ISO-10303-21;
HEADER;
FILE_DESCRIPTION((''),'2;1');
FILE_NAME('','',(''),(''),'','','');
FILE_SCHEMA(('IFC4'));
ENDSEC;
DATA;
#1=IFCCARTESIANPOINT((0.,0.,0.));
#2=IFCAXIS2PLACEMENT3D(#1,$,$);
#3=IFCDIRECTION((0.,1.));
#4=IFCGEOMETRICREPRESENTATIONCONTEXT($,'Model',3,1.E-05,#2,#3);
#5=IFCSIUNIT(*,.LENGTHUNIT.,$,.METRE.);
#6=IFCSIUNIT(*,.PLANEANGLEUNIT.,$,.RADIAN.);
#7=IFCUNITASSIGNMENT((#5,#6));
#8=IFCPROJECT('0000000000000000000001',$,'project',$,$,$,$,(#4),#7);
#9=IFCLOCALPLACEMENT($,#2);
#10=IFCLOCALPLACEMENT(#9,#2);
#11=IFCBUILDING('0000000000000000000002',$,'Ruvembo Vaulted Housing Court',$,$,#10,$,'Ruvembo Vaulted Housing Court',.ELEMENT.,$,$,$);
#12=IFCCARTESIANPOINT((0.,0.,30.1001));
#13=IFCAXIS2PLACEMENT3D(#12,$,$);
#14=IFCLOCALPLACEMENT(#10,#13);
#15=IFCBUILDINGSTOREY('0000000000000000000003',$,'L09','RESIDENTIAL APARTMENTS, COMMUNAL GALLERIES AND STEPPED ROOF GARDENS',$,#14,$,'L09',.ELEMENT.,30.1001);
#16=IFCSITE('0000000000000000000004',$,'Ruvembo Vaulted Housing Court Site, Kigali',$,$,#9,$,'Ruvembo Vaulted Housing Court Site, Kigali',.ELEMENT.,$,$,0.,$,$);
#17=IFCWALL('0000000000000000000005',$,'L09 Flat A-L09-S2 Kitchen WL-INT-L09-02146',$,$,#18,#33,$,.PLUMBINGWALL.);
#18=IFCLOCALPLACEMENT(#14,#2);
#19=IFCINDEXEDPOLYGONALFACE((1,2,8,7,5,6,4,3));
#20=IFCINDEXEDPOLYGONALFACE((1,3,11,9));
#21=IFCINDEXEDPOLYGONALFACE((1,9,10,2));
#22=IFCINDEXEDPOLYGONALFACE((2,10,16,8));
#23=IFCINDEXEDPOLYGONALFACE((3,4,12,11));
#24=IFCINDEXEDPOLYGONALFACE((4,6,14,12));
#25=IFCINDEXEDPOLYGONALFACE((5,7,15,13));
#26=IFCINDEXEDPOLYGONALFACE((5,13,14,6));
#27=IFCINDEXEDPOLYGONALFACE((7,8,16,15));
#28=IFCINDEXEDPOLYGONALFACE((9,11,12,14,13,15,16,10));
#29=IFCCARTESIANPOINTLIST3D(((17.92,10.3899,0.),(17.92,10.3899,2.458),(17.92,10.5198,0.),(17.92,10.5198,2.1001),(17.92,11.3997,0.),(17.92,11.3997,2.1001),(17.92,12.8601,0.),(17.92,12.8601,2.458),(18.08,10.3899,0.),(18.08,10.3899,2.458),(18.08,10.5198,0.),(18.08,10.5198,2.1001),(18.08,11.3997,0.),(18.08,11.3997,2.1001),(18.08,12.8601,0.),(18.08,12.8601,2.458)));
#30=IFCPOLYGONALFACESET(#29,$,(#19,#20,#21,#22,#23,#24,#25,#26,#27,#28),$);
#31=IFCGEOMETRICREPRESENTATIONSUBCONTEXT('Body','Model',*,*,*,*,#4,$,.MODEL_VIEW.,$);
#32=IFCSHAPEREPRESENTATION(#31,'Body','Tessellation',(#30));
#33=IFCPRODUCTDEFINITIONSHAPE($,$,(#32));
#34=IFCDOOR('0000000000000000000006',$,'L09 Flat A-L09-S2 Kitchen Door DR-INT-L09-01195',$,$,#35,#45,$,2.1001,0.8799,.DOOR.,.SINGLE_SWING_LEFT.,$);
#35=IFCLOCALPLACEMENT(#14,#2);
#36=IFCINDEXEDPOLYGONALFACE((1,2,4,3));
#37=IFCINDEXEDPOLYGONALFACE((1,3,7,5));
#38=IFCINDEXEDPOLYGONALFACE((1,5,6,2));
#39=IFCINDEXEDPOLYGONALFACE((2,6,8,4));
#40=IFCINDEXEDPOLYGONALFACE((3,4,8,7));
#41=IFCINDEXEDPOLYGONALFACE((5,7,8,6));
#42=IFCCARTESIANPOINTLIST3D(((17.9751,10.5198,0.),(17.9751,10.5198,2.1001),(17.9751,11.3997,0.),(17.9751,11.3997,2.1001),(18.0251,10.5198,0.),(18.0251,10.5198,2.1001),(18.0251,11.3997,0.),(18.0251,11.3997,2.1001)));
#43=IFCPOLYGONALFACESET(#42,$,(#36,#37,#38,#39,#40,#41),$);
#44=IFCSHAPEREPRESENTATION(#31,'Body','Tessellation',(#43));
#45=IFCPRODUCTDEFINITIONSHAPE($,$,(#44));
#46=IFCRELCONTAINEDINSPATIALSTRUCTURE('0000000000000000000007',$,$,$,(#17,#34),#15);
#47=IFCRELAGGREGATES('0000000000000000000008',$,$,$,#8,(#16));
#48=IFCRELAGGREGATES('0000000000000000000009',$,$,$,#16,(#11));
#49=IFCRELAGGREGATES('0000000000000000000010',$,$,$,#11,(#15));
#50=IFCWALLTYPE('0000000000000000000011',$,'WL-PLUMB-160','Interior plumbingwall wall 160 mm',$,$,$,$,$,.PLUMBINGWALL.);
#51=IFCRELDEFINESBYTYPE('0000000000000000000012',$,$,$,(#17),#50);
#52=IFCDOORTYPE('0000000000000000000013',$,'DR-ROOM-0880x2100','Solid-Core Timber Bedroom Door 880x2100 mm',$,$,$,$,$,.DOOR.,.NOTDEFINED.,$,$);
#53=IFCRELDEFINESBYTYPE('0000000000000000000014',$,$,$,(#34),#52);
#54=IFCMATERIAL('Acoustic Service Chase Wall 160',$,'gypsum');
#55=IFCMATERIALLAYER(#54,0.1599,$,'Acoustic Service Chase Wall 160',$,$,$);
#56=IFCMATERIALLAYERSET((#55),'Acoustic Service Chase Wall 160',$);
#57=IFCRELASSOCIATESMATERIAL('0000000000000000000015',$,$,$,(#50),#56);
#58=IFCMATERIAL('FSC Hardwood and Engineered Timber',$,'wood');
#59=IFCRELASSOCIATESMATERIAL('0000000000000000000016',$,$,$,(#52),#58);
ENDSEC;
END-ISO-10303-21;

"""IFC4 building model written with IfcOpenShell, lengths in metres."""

from ifc_helpers import new_model, si_unit, direction, frame, frame_2d, origin, place, context, subcontext, project, spatial, rectangle, extrude, material, layer, layer_set, type_object, element, fill, save


model = new_model("IFC4")

# Units and contexts
model_context = context("Model", 3, precision=1e-05, world=origin(), true_north=direction((0.0, 1.0)))
body_context = subcontext(model_context, "Body", "Model", "MODEL_VIEW")
ifc_project = project(units=[si_unit("LENGTHUNIT", "METRE"), si_unit("PLANEANGLEUNIT", "RADIAN")], contexts=[model_context])

# Site, building, storey
site_placement = place(None, origin())
site = spatial("IfcSite", under=ifc_project, at=site_placement, Name="Ruvembo Vaulted Housing Court Site, Kigali", LongName="Ruvembo Vaulted Housing Court Site, Kigali", CompositionType="ELEMENT", RefElevation=0.0)
building_placement = place(site_placement, origin())
building = spatial("IfcBuilding", under=site, at=building_placement, Name="Ruvembo Vaulted Housing Court", LongName="Ruvembo Vaulted Housing Court", CompositionType="ELEMENT")
storey_placement = place(building_placement, frame((0.0, 0.0, 30.1001)))
storey = spatial("IfcBuildingStorey", under=building, at=storey_placement, Name="L09", Description="RESIDENTIAL APARTMENTS, COMMUNAL GALLERIES AND STEPPED ROOF GARDENS", LongName="L09", CompositionType="ELEMENT", Elevation=30.1001)

# Shared definitions
ifc_material_1 = material(Name="FSC Hardwood and Engineered Timber", Category="wood")

# Wall, opening, door
ifc_material_2 = material(Name="Acoustic Service Chase Wall 160", Category="gypsum")
ifc_layer_1 = layer(ifc_material_2, 0.1599, Name="Acoustic Service Chase Wall 160")
ifc_layer_set_1 = layer_set([ifc_layer_1], Name="Acoustic Service Chase Wall 160")
wall_type_1 = type_object("IfcWallType", Name="WL-PLUMB-160", Description="Interior plumbingwall wall 160 mm", PredefinedType="PLUMBINGWALL", material=ifc_layer_set_1)
wall_1_placement = place(storey_placement, frame((18.0, 10.3899, 0.0), z_axis=(0.0, 0.0, 1.0), x_axis=(0.0, 1.0, 0.0)))
wall_1 = element("IfcWall", 1, at=wall_1_placement, inside=storey, type_object=wall_type_1, Name="L09 Flat A-L09-S2 Kitchen WL-INT-L09-02146", PredefinedType="PLUMBINGWALL", context=body_context, shape_type="SweptSolid", body=[
    extrude(rectangle(XDim=2.4702, YDim=0.1599, at=frame_2d((1.2351, 0.0))), origin(), (0.0, 0.0, 1.0), 2.458),
])
opening_1_placement = place(wall_1_placement, frame((0.1299, 0.0, 0.0)))
opening_1 = element("IfcOpeningElement", 2, at=opening_1_placement, cuts=wall_1, PredefinedType="OPENING", context=body_context, shape_type="SweptSolid", body=[
    extrude(rectangle(XDim=0.8799, YDim=2.1001, at=frame_2d((0.4399, 1.05))), frame((0.0, 0.0898, 0.0), z_axis=(0.0, -1.0, 0.0), x_axis=(1.0, 0.0, 0.0)), (0.0, 0.0, 1.0), 0.1799),
])
door_type_1 = type_object("IfcDoorType", Name="DR-ROOM-0880x2100", Description="Solid-Core Timber Bedroom Door 880x2100 mm", OperationType="NOTDEFINED", PredefinedType="DOOR", material=ifc_material_1)
door_1_placement = place(opening_1_placement, origin())
door_1 = element("IfcDoor", 3, at=door_1_placement, inside=storey, type_object=door_type_1, Name="L09 Flat A-L09-S2 Kitchen Door DR-INT-L09-01195", OperationType="SINGLE_SWING_LEFT", OverallHeight=2.1001, OverallWidth=0.8799, PredefinedType="DOOR", context=body_context, shape_type="SweptSolid", body=[
    extrude(rectangle(XDim=0.8799, YDim=2.1001, at=frame_2d((0.4399, 1.05))), frame((0.0, 0.0249, 0.0), z_axis=(0.0, -1.0, 0.0), x_axis=(1.0, 0.0, 0.0)), (0.0, 0.0, 1.0), 0.05),
])
fill(opening_1, door_1)

save(model, "model.ifc")
